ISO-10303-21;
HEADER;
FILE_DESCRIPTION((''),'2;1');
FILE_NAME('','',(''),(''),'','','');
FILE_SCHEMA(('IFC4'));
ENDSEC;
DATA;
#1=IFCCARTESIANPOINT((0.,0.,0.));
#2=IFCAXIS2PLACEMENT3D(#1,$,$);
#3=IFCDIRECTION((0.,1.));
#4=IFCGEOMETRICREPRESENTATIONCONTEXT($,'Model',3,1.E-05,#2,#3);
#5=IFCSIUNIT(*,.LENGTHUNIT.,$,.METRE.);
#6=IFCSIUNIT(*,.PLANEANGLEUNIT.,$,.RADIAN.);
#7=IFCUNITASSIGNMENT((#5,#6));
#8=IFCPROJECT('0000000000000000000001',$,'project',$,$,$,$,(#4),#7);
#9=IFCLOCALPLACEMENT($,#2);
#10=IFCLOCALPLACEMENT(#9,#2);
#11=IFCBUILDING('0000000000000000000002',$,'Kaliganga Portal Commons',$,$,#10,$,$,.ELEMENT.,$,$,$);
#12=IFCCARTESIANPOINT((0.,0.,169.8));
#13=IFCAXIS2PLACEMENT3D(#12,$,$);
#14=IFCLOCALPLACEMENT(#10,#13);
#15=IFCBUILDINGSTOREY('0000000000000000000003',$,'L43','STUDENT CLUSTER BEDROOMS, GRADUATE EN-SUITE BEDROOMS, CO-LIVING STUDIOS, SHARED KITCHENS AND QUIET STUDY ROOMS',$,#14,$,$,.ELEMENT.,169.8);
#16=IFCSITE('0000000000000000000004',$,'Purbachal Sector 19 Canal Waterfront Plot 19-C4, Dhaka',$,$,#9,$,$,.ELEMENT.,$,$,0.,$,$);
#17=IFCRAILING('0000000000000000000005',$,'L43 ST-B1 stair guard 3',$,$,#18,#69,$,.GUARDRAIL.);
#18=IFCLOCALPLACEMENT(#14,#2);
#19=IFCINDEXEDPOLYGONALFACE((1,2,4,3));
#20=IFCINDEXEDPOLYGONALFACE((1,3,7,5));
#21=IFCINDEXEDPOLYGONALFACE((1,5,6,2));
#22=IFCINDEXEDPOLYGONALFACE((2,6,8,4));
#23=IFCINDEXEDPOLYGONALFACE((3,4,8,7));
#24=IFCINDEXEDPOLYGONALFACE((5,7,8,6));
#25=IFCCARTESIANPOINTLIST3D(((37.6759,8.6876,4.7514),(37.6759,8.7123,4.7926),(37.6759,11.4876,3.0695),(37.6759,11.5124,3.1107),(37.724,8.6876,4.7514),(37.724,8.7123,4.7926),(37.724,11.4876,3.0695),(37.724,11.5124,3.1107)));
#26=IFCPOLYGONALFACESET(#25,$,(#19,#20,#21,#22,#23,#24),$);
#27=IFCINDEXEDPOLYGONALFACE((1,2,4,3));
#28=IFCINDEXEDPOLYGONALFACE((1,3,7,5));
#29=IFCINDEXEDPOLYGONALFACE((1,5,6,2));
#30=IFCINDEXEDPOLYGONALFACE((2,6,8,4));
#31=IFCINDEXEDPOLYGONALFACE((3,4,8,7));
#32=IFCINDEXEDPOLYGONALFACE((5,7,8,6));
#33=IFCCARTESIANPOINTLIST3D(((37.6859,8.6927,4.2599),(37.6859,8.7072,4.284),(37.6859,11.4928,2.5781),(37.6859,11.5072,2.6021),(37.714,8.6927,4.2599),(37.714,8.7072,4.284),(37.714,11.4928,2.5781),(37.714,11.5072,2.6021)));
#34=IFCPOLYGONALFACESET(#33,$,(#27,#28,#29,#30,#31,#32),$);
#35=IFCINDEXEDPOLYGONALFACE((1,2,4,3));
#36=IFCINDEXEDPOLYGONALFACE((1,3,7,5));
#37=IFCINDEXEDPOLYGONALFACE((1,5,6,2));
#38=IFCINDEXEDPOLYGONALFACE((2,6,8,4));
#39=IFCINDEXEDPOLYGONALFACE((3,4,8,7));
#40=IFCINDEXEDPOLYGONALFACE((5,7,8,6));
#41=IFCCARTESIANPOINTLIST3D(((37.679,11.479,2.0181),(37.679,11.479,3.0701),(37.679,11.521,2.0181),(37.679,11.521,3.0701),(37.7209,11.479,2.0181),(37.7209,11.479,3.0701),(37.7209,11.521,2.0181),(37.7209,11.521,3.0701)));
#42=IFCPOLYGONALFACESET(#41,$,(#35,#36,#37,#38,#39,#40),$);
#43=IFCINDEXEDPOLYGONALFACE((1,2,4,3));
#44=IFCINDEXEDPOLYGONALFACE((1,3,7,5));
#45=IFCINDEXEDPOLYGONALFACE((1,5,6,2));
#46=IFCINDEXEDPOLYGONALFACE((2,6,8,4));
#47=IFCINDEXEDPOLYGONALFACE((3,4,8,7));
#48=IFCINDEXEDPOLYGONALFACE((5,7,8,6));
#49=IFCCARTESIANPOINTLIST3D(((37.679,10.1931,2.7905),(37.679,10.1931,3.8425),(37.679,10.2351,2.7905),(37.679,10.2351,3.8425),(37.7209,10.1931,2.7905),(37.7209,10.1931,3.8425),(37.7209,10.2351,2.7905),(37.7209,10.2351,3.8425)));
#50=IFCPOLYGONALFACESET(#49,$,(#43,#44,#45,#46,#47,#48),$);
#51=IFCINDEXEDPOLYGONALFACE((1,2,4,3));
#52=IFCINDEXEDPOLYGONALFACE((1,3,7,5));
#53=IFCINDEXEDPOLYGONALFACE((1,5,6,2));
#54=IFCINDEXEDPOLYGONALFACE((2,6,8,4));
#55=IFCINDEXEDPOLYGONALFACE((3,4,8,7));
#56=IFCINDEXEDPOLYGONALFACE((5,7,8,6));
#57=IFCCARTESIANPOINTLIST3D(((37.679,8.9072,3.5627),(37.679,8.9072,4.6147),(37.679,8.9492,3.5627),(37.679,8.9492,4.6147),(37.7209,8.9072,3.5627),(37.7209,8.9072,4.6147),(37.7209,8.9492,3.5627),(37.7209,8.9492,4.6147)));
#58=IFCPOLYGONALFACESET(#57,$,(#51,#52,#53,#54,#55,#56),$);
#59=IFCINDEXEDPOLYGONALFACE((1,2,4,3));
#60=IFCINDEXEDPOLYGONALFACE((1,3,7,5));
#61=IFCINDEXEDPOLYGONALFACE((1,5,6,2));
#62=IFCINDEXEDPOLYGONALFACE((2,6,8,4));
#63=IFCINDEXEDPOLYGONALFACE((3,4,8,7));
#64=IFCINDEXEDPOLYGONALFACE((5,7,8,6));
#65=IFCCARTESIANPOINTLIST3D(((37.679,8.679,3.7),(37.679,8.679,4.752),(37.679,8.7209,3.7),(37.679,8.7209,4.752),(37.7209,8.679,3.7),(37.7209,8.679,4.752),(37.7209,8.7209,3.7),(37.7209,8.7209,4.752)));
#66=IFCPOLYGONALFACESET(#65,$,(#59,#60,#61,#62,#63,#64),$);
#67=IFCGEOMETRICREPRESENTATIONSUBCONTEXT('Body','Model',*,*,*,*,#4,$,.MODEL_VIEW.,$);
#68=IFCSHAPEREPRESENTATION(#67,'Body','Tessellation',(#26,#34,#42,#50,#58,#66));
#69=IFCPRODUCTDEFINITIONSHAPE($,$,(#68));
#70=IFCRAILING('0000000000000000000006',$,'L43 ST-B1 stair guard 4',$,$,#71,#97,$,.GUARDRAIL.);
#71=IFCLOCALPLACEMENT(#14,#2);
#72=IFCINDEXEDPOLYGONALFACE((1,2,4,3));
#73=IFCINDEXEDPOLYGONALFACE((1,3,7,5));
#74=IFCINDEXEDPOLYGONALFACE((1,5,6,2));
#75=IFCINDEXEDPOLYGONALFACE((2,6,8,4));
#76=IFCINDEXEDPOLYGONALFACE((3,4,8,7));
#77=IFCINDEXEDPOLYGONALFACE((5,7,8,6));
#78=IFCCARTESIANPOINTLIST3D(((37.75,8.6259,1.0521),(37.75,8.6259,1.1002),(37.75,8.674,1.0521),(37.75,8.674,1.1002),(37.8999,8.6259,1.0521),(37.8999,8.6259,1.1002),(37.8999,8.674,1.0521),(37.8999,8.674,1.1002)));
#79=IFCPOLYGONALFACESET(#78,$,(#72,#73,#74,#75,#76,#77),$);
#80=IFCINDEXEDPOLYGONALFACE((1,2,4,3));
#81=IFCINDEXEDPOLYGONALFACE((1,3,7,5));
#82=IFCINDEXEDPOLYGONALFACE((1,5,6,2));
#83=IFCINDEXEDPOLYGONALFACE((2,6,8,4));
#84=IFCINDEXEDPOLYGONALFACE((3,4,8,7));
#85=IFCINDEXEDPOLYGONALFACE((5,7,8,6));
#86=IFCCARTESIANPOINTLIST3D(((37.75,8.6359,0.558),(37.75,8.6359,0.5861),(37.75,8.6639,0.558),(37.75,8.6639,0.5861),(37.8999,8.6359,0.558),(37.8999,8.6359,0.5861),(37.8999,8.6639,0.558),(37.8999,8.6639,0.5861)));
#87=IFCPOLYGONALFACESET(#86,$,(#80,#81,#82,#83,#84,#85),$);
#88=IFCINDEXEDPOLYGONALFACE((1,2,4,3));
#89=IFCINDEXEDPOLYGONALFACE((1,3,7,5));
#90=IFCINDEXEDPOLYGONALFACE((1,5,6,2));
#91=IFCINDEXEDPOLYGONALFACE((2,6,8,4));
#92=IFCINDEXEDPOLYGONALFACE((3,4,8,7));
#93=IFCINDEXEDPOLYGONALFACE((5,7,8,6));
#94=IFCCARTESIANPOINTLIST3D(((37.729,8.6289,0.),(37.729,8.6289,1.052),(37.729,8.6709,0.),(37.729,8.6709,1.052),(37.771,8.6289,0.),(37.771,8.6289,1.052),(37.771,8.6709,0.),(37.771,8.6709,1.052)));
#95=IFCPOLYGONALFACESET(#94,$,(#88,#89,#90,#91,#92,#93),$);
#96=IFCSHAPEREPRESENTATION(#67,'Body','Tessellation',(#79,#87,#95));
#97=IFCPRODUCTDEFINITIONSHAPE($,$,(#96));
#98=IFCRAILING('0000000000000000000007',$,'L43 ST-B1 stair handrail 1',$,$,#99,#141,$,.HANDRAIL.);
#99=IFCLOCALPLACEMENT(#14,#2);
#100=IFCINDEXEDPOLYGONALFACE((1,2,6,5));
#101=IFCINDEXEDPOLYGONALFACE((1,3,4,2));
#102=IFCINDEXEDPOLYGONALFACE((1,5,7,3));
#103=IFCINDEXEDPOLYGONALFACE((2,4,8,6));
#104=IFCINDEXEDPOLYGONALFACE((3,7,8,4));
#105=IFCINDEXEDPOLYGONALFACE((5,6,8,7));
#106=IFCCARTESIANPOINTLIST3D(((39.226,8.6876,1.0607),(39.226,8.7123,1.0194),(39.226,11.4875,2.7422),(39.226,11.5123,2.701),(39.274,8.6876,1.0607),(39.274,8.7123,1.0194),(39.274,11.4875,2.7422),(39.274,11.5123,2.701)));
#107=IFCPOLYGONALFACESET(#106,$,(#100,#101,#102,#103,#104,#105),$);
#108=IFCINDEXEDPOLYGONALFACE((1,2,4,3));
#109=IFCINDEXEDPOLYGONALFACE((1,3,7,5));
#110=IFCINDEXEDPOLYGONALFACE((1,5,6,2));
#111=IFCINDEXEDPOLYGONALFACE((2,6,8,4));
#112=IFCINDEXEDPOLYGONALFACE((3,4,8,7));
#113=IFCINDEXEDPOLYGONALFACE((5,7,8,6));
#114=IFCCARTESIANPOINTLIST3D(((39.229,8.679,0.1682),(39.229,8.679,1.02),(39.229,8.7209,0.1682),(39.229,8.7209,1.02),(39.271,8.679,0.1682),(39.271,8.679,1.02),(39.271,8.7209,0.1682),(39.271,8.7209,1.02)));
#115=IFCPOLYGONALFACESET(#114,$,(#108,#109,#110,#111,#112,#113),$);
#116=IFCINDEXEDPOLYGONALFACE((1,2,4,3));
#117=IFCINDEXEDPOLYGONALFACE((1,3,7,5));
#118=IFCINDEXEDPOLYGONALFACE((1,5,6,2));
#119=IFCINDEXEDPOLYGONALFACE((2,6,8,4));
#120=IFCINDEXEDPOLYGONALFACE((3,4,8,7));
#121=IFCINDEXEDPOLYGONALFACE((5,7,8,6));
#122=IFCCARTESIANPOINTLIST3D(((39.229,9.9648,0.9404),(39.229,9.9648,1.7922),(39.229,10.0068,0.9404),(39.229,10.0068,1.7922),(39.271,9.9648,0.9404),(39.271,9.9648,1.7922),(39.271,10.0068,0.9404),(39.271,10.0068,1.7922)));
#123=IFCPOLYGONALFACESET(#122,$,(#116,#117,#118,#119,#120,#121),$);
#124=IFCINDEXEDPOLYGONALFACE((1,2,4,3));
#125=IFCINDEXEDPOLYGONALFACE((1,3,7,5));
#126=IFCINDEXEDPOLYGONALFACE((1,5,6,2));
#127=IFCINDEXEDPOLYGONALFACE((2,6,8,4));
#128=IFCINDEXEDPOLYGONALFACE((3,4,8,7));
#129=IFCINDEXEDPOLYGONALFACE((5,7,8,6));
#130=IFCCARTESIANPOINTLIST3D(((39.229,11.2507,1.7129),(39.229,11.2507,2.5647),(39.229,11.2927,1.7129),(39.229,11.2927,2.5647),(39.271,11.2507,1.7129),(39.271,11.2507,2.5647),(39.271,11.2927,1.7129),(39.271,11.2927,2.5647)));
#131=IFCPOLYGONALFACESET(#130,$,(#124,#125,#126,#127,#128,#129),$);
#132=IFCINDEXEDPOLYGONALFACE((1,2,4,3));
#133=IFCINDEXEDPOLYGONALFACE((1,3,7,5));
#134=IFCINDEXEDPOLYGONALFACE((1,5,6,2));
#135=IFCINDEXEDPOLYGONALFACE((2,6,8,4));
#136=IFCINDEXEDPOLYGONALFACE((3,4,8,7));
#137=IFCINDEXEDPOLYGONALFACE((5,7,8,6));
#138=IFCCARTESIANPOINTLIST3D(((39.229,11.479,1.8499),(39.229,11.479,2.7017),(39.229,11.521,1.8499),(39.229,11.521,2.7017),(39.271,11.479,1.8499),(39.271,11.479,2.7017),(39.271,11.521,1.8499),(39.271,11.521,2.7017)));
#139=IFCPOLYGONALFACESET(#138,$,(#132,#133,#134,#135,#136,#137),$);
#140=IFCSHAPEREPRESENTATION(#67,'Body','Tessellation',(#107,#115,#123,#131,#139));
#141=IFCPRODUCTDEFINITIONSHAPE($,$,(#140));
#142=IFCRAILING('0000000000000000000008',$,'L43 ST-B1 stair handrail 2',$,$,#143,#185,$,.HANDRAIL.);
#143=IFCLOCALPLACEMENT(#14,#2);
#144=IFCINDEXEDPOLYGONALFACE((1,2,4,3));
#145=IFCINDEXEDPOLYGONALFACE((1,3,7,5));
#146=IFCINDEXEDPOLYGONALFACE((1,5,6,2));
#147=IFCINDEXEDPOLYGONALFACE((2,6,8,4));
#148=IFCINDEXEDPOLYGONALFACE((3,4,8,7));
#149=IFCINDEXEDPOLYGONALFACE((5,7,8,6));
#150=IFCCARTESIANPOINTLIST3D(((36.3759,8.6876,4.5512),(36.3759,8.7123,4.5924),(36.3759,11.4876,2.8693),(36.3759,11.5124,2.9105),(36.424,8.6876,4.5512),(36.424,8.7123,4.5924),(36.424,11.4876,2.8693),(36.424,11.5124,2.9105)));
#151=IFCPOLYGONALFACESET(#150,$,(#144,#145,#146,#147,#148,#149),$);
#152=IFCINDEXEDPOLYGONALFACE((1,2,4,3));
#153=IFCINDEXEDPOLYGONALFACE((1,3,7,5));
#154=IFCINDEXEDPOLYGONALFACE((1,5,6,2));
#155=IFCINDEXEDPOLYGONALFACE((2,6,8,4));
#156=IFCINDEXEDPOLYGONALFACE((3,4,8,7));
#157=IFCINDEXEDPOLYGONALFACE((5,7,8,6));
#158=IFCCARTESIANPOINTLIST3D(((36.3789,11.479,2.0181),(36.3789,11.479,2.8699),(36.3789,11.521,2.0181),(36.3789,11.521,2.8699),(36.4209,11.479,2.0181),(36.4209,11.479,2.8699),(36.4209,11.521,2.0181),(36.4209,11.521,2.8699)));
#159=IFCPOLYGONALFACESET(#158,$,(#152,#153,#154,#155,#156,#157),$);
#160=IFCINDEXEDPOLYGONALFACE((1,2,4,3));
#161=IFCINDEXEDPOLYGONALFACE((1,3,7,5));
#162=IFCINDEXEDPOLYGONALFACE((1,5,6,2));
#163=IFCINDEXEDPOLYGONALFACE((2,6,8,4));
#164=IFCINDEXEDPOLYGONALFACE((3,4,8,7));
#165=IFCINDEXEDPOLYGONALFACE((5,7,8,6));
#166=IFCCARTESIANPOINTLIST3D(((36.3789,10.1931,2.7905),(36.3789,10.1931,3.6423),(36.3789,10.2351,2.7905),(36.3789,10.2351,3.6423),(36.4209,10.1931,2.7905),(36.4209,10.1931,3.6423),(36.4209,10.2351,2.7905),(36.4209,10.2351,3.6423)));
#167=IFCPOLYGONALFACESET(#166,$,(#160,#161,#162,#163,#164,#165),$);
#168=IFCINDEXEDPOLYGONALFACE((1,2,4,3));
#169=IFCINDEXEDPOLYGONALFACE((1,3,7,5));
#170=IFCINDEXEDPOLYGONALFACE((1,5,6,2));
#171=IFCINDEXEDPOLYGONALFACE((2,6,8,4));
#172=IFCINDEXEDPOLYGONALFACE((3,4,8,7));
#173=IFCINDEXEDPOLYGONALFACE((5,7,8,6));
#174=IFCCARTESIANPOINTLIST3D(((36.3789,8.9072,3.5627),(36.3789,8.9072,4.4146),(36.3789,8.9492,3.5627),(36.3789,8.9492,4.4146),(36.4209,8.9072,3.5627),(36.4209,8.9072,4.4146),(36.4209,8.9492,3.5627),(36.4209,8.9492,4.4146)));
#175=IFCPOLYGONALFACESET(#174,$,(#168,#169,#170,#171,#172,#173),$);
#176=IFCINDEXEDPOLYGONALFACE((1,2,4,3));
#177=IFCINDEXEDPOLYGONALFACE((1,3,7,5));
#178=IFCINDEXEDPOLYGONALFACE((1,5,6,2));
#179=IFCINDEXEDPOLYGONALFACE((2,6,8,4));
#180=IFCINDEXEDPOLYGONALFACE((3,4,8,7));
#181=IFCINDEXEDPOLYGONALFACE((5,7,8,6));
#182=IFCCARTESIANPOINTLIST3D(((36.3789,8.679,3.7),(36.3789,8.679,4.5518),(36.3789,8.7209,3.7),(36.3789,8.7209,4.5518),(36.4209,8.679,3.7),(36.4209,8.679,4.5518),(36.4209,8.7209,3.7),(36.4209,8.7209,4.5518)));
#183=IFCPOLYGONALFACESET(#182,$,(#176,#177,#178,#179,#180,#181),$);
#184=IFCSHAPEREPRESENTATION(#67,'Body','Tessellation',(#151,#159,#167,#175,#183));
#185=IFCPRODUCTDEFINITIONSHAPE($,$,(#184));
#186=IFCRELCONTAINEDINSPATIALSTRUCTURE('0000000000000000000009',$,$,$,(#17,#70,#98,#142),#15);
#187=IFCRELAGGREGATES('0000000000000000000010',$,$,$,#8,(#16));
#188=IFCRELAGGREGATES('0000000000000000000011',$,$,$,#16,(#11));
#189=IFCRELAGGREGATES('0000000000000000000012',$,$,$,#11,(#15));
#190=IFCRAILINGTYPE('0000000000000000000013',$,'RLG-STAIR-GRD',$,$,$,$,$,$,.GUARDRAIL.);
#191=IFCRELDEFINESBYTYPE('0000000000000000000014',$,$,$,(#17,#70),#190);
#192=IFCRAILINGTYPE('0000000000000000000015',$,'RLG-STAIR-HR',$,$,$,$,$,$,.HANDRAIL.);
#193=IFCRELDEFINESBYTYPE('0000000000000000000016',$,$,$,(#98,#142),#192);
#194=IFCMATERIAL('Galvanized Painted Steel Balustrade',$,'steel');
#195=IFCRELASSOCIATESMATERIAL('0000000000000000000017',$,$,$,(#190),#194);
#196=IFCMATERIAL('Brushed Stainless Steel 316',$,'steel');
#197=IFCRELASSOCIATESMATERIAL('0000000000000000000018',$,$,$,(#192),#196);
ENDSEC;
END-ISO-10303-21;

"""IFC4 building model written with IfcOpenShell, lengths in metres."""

from ifc_helpers import new_model, si_unit, direction, frame, origin, origin_2d, place, context, subcontext, project, spatial, rectangle, extrude, material, type_object, element, save


model = new_model("IFC4")

# Units and contexts
model_context = context("Model", 3, precision=1e-05, world=origin(), true_north=direction((0.0, 1.0)))
body_context = subcontext(model_context, "Body", "Model", "MODEL_VIEW")
ifc_project = project(units=[si_unit("LENGTHUNIT", "METRE"), si_unit("PLANEANGLEUNIT", "RADIAN")], contexts=[model_context])

# Site, building, storey
site_placement = place(None, origin())
site = spatial("IfcSite", under=ifc_project, at=site_placement, Name="Purbachal Sector 19 Canal Waterfront Plot 19-C4, Dhaka", CompositionType="ELEMENT", RefElevation=0.0)
building_placement = place(site_placement, origin())
building = spatial("IfcBuilding", under=site, at=building_placement, Name="Kaliganga Portal Commons", CompositionType="ELEMENT")
storey_placement = place(building_placement, frame((0.0, 0.0, 169.8)))
storey = spatial("IfcBuildingStorey", under=building, at=storey_placement, Name="L43", Description="STUDENT CLUSTER BEDROOMS, GRADUATE EN-SUITE BEDROOMS, CO-LIVING STUDIOS, SHARED KITCHENS AND QUIET STUDY ROOMS", CompositionType="ELEMENT", Elevation=169.8)

# Railings
ifc_material_1 = material(Name="Galvanized Painted Steel Balustrade", Category="steel")
railing_type_1 = type_object("IfcRailingType", Name="RLG-STAIR-GRD", PredefinedType="GUARDRAIL", material=ifc_material_1)
railing_1_placement = place(storey_placement, frame((37.7, 11.5, 2.0181)))
element("IfcRailing", 1, at=railing_1_placement, inside=storey, type_object=railing_type_1, Name="L43 ST-B1 stair guard 3", PredefinedType="GUARDRAIL", context=body_context, shape_type="SweptSolid", body=[
    extrude(rectangle(XDim=0.0481, YDim=0.0481, at=origin_2d()), frame((0.0, 0.0, 1.072), z_axis=(0.0, -0.857242, 0.514913), x_axis=(1.0, 0.0, 0.0)), (0.0, 0.0, 1.0), 3.2664),
    extrude(rectangle(XDim=0.0281, YDim=0.0281, at=origin_2d()), frame((0.0, 0.0, 0.572), z_axis=(0.0, -0.857242, 0.514913), x_axis=(1.0, 0.0, 0.0)), (0.0, 0.0, 1.0), 3.2664),
    extrude(rectangle(XDim=0.042, YDim=0.042, at=origin_2d()), origin(), (0.0, 0.0, 1.0), 1.052),
    extrude(rectangle(XDim=0.042, YDim=0.042, at=origin_2d()), frame((0.0, -1.2859, 0.7725)), (0.0, 0.0, 1.0), 1.052),
    extrude(rectangle(XDim=0.042, YDim=0.042, at=origin_2d()), frame((0.0, -2.5718, 1.5447)), (0.0, 0.0, 1.0), 1.052),
    extrude(rectangle(XDim=0.042, YDim=0.042, at=origin_2d()), frame((0.0, -2.8, 1.6819)), (0.0, 0.0, 1.0), 1.052),
])
railing_2_placement = place(storey_placement, frame((37.8999, 8.6499, 0.0)))
element("IfcRailing", 2, at=railing_2_placement, inside=storey, type_object=railing_type_1, Name="L43 ST-B1 stair guard 4", PredefinedType="GUARDRAIL", context=body_context, shape_type="SweptSolid", body=[
    extrude(rectangle(XDim=0.0481, YDim=0.0481, at=origin_2d()), frame((0.0, 0.0, 1.0762), z_axis=(-1.0, 0.0, 0.0), x_axis=(0.0, -1.0, 0.0)), (0.0, 0.0, 1.0), 0.1499),
    extrude(rectangle(XDim=0.0281, YDim=0.0281, at=origin_2d()), frame((0.0, 0.0, 0.572), z_axis=(-1.0, 0.0, 0.0), x_axis=(0.0, -1.0, 0.0)), (0.0, 0.0, 1.0), 0.1499),
    extrude(rectangle(XDim=0.042, YDim=0.042, at=origin_2d()), frame((-0.1499, 0.0, 0.0)), (0.0, 0.0, 1.0), 1.052),
])
ifc_material_2 = material(Name="Brushed Stainless Steel 316", Category="steel")
railing_type_2 = type_object("IfcRailingType", Name="RLG-STAIR-HR", PredefinedType="HANDRAIL", material=ifc_material_2)
railing_3_placement = place(storey_placement, frame((39.25, 8.7, 0.1682)))
element("IfcRailing", 3, at=railing_3_placement, inside=storey, type_object=railing_type_2, Name="L43 ST-B1 stair handrail 1", PredefinedType="HANDRAIL", context=body_context, shape_type="SweptSolid", body=[
    extrude(rectangle(XDim=0.0481, YDim=0.0481, at=origin_2d()), frame((0.0, 0.0, 0.8718), z_axis=(0.0, 0.857275, 0.514858), x_axis=(-1.0, 0.0, 0.0)), (0.0, 0.0, 1.0), 3.2661),
    extrude(rectangle(XDim=0.042, YDim=0.042, at=origin_2d()), origin(), (0.0, 0.0, 1.0), 0.8518),
    extrude(rectangle(XDim=0.042, YDim=0.042, at=origin_2d()), frame((0.0, 1.2859, 0.7722)), (0.0, 0.0, 1.0), 0.8518),
    extrude(rectangle(XDim=0.042, YDim=0.042, at=origin_2d()), frame((0.0, 2.5718, 1.5447)), (0.0, 0.0, 1.0), 0.8518),
    extrude(rectangle(XDim=0.042, YDim=0.042, at=origin_2d()), frame((0.0, 2.8, 1.6816)), (0.0, 0.0, 1.0), 0.8518),
])
railing_4_placement = place(storey_placement, frame((36.3999, 11.5, 2.0181)))
element("IfcRailing", 4, at=railing_4_placement, inside=storey, type_object=railing_type_2, Name="L43 ST-B1 stair handrail 2", PredefinedType="HANDRAIL", context=body_context, shape_type="SweptSolid", body=[
    extrude(rectangle(XDim=0.0481, YDim=0.0481, at=origin_2d()), frame((0.0, 0.0, 0.8718), z_axis=(0.0, -0.857242, 0.514913), x_axis=(1.0, 0.0, 0.0)), (0.0, 0.0, 1.0), 3.2664),
    extrude(rectangle(XDim=0.042, YDim=0.042, at=origin_2d()), origin(), (0.0, 0.0, 1.0), 0.8518),
    extrude(rectangle(XDim=0.042, YDim=0.042, at=origin_2d()), frame((0.0, -1.2859, 0.7725)), (0.0, 0.0, 1.0), 0.8518),
    extrude(rectangle(XDim=0.042, YDim=0.042, at=origin_2d()), frame((0.0, -2.5718, 1.5447)), (0.0, 0.0, 1.0), 0.8518),
    extrude(rectangle(XDim=0.042, YDim=0.042, at=origin_2d()), frame((0.0, -2.8, 1.6819)), (0.0, 0.0, 1.0), 0.8518),
])

save(model, "model.ifc")
